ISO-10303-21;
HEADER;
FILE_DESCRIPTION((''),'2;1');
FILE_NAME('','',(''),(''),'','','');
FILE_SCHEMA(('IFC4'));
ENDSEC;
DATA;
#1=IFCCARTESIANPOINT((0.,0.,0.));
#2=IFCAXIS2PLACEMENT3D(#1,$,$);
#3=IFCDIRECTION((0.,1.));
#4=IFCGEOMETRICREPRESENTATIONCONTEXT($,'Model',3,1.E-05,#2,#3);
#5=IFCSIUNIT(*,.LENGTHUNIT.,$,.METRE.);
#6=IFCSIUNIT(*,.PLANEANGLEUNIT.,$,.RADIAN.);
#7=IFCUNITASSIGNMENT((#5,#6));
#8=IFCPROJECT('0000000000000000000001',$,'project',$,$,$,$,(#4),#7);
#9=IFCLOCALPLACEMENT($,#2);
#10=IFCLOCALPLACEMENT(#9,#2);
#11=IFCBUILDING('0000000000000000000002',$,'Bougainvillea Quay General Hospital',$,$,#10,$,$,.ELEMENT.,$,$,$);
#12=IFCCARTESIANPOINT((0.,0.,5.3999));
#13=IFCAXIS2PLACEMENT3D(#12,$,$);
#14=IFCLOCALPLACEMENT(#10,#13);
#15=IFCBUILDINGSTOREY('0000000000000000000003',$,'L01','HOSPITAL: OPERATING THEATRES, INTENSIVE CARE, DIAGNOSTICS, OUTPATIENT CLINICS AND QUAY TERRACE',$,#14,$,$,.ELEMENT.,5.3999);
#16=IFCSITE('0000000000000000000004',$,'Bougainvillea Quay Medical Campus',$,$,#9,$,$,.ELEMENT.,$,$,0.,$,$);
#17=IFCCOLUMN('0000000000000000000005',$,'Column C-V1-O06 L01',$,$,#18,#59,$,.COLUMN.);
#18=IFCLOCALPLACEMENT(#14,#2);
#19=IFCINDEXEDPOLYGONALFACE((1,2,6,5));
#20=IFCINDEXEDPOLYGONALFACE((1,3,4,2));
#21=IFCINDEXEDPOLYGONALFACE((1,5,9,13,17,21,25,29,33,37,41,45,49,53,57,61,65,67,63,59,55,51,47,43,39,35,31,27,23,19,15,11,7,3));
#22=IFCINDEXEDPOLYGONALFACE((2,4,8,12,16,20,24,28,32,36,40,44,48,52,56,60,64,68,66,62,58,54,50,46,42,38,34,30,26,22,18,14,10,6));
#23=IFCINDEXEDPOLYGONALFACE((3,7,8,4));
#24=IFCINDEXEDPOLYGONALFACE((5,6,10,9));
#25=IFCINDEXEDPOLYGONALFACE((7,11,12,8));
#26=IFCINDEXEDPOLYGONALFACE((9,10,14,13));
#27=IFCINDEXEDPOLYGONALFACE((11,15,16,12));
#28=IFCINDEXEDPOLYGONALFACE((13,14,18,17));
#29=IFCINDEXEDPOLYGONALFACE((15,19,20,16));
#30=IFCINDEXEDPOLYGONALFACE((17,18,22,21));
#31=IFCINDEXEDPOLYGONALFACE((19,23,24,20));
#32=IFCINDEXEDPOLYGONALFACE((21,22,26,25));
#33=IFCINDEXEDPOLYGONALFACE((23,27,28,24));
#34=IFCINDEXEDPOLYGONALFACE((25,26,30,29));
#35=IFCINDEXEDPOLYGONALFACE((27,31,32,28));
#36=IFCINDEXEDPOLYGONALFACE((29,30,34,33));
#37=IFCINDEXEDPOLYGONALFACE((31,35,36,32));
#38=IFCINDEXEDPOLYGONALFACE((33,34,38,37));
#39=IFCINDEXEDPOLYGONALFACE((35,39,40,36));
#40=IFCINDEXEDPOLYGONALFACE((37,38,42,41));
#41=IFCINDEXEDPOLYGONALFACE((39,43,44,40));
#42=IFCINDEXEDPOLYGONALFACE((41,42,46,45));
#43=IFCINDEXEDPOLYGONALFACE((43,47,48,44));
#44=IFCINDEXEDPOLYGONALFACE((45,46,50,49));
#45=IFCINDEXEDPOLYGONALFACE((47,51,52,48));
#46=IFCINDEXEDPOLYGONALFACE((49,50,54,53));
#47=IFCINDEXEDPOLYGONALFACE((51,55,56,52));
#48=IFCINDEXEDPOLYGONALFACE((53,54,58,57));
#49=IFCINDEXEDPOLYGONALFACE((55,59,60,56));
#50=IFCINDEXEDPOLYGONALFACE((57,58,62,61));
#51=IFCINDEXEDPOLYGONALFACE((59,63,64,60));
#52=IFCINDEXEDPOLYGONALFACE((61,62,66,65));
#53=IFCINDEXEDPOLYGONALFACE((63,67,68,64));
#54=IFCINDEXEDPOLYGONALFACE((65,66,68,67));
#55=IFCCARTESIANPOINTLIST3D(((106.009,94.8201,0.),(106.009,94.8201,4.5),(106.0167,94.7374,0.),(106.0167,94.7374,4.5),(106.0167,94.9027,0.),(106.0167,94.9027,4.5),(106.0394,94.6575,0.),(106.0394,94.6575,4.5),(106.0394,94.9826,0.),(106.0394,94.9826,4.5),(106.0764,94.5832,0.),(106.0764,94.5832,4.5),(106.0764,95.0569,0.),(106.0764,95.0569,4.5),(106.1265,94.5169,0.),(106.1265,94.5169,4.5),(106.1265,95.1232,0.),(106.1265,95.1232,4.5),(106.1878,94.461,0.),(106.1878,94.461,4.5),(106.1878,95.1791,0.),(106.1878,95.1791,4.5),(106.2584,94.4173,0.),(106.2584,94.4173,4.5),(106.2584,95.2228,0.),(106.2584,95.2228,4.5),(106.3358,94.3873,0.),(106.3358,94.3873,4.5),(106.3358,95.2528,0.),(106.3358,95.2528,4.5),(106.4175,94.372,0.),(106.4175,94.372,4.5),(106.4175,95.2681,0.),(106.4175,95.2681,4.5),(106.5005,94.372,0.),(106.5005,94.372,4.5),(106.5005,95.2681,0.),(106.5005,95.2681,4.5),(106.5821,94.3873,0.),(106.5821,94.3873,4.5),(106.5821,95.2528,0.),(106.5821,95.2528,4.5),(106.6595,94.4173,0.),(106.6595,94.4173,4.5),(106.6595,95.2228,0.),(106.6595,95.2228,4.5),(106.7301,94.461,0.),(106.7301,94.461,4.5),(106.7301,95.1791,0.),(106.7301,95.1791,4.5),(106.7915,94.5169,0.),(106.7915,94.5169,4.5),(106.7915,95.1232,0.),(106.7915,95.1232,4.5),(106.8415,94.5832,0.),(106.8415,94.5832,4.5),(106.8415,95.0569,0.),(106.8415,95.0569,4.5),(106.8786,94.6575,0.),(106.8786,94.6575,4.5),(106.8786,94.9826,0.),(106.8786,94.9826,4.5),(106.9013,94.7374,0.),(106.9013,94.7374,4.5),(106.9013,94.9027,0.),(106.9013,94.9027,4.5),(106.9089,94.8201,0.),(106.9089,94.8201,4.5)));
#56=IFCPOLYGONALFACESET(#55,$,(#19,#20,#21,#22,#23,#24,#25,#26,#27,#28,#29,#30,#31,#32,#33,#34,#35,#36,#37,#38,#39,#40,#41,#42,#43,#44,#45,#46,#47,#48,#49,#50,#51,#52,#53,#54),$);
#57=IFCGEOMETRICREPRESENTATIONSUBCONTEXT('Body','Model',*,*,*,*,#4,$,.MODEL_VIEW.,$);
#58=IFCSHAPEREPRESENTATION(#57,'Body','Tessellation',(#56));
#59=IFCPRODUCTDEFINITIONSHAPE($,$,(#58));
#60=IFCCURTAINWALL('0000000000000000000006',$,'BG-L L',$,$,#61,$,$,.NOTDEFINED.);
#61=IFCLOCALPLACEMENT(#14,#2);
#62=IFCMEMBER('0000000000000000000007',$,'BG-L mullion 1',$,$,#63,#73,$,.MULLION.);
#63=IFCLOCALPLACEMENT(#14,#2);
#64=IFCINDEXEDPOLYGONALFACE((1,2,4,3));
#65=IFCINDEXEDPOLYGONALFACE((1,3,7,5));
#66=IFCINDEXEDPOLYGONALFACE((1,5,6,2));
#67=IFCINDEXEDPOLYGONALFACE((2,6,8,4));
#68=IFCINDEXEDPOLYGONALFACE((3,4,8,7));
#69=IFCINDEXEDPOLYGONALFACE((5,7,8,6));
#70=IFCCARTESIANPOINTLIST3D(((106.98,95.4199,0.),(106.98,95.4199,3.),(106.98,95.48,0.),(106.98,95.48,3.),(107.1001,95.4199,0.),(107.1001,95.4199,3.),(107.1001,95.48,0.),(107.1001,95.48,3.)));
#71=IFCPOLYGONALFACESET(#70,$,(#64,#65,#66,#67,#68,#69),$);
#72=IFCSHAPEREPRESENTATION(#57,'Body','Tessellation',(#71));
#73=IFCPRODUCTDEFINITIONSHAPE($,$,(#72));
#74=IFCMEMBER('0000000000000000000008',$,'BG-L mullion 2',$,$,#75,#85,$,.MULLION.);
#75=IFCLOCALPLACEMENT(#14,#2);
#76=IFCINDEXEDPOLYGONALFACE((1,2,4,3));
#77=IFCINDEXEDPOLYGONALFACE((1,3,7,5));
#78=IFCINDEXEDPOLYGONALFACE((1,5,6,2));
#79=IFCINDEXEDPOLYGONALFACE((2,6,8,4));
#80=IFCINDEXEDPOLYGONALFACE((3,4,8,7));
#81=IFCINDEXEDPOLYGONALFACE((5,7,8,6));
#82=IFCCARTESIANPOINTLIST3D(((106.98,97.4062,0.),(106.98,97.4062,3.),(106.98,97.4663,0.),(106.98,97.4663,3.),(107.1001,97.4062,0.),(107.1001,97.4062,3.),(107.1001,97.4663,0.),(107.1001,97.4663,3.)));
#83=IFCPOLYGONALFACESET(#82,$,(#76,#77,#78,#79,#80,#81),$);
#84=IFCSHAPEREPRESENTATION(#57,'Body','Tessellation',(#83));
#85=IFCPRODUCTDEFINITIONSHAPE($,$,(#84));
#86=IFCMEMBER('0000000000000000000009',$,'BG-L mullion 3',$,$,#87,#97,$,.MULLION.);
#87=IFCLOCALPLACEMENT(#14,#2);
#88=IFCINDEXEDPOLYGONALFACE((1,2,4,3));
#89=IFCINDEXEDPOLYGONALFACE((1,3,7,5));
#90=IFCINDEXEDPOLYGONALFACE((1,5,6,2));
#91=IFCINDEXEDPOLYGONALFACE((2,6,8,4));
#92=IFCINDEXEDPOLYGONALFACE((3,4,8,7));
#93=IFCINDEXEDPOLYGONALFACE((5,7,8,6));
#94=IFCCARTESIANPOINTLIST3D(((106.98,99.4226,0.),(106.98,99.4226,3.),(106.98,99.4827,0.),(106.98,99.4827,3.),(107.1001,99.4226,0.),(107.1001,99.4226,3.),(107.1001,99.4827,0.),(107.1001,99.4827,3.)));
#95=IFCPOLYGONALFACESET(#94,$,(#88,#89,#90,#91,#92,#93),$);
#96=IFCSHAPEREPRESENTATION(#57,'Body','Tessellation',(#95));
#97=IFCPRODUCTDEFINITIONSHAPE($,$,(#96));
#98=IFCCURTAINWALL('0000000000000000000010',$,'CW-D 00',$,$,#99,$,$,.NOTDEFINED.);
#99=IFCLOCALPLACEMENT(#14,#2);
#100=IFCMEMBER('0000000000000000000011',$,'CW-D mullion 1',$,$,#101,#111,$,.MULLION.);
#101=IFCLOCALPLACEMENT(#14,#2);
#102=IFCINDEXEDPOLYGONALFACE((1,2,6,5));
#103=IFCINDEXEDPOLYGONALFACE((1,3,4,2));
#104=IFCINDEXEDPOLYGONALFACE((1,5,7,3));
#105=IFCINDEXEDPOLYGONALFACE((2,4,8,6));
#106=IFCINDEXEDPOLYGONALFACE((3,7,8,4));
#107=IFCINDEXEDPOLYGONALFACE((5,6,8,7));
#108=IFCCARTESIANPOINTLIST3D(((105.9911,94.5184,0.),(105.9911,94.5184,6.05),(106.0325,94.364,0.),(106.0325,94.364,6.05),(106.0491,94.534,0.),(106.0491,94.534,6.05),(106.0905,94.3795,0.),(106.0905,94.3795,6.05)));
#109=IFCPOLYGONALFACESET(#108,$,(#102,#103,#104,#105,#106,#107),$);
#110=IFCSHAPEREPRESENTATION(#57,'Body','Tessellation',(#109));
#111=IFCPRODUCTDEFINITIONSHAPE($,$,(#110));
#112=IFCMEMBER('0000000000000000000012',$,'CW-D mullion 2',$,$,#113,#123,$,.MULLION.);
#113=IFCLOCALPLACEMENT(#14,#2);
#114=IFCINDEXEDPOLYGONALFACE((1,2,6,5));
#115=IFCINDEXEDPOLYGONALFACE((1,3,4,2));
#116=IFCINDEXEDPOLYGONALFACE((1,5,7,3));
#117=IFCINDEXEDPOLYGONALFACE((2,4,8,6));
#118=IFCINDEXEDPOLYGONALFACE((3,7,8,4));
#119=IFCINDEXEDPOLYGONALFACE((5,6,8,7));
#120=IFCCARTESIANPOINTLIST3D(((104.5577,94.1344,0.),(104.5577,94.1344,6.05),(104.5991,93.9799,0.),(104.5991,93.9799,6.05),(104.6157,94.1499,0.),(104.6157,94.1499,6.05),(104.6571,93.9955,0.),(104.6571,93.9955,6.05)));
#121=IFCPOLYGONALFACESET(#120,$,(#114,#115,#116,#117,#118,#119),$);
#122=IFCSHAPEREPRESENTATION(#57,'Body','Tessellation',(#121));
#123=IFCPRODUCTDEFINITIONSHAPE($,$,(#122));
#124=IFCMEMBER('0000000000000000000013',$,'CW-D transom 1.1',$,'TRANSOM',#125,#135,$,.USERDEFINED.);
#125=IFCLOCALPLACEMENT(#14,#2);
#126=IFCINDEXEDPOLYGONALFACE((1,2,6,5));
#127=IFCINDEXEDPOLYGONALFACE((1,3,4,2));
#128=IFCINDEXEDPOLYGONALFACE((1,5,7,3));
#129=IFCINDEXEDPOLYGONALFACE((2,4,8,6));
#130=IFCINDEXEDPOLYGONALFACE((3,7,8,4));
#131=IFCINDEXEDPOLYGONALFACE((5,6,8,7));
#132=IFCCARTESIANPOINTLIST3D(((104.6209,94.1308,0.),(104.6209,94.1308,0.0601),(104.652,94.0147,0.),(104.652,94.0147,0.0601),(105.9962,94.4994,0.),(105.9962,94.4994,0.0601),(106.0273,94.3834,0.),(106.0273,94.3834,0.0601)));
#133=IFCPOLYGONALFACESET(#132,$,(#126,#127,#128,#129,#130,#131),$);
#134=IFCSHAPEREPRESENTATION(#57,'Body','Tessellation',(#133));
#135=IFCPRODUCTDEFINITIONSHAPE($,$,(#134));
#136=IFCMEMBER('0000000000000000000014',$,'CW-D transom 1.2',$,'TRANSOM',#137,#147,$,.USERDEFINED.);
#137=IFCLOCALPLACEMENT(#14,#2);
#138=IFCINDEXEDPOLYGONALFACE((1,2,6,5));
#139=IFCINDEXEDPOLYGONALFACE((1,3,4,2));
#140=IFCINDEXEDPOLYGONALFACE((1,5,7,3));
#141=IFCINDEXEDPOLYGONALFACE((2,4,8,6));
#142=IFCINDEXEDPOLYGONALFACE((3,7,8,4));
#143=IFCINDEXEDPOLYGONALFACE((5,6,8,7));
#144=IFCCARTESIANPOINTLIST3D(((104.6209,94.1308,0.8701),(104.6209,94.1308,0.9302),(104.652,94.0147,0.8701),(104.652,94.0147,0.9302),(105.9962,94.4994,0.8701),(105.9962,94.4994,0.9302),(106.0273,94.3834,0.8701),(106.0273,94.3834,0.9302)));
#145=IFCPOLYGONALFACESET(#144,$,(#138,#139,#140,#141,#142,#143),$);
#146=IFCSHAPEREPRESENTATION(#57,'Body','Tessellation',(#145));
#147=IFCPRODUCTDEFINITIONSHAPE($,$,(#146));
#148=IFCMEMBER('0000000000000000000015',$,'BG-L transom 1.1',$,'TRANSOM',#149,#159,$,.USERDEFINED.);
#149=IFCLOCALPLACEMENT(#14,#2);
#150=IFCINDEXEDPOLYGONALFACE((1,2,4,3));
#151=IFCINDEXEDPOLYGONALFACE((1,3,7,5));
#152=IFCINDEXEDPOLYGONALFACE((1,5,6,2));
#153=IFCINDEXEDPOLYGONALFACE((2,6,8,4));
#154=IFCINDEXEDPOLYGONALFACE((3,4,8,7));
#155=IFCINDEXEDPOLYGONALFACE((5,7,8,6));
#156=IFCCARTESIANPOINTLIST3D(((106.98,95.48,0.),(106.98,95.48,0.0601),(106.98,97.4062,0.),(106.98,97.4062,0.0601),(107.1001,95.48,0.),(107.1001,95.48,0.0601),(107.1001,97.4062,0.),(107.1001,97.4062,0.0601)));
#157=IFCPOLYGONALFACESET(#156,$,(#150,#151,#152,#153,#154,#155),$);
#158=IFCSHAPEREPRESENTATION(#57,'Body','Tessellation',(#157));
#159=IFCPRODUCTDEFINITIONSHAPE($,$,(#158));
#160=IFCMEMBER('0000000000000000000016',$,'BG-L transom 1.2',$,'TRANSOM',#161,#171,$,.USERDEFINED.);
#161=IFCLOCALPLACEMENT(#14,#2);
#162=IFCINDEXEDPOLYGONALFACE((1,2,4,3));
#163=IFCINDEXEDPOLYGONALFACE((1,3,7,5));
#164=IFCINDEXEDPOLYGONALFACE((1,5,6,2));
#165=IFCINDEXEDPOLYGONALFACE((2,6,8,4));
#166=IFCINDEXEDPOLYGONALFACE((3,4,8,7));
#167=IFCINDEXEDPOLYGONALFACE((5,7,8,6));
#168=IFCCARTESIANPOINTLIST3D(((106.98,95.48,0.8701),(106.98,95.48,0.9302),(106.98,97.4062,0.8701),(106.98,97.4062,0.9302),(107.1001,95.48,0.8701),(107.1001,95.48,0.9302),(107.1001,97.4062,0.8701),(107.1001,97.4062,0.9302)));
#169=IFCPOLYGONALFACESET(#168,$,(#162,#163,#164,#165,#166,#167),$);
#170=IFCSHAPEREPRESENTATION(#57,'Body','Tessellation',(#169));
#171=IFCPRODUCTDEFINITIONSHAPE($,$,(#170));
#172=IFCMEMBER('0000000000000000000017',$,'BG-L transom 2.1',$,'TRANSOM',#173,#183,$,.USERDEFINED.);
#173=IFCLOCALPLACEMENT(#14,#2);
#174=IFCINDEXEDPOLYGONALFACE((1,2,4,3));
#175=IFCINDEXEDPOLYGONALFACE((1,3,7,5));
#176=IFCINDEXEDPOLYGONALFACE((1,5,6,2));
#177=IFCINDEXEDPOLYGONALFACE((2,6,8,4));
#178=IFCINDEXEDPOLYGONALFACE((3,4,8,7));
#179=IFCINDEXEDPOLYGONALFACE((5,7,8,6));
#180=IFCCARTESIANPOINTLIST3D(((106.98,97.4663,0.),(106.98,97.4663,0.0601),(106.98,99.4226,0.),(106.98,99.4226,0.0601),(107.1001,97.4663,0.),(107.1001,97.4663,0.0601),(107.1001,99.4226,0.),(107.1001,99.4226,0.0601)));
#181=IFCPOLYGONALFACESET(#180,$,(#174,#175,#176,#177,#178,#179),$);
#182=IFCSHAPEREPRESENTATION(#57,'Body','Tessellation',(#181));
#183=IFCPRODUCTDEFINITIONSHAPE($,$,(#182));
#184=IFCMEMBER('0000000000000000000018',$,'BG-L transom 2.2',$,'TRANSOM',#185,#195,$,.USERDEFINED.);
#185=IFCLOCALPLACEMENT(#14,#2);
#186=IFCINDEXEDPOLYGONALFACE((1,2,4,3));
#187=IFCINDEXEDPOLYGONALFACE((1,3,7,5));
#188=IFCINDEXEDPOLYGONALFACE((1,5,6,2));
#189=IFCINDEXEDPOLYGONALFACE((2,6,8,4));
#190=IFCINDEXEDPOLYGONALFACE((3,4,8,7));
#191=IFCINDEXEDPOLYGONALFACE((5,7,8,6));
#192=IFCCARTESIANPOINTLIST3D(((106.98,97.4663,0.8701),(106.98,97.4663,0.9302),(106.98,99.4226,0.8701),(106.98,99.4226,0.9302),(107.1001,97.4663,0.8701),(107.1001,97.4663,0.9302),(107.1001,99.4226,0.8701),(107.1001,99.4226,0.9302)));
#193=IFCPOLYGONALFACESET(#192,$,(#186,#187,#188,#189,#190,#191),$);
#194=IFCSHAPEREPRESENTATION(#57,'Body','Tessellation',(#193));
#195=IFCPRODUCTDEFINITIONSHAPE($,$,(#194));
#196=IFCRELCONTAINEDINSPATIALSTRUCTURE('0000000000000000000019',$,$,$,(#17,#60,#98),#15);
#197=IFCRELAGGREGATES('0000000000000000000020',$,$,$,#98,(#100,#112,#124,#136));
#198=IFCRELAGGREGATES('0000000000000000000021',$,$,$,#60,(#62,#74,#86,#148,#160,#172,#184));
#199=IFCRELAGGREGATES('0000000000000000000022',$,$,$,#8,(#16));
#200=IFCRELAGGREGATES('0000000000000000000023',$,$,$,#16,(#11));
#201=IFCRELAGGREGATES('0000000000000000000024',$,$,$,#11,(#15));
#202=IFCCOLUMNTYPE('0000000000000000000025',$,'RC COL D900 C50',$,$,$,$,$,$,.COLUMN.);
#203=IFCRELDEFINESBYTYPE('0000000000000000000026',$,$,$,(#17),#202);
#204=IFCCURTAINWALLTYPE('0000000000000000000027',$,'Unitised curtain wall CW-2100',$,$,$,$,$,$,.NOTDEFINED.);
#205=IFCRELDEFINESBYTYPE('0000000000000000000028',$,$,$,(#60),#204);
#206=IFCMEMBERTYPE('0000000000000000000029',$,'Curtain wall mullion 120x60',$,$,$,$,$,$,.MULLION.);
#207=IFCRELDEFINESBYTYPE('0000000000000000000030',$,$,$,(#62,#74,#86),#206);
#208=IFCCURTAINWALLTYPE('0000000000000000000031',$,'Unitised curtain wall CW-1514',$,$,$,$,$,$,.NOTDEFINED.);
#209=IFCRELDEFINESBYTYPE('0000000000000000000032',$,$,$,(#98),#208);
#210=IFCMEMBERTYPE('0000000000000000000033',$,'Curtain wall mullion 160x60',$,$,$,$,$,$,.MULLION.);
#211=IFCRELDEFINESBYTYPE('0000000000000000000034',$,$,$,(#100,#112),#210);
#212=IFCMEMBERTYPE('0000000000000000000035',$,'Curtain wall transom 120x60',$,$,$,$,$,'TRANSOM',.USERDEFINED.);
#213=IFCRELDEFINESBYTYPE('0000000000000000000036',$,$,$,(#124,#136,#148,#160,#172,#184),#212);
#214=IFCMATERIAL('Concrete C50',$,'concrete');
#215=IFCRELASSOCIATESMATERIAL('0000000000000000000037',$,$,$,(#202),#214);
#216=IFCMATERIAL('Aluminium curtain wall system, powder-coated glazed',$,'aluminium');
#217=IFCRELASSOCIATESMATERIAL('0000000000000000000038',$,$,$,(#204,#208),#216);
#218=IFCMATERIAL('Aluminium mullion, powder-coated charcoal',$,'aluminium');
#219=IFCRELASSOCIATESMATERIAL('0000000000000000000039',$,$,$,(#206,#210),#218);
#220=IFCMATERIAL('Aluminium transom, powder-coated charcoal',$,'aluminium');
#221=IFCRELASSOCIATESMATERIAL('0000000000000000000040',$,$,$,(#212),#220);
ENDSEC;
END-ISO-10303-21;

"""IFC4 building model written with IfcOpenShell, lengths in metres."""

from ifc_helpers import new_model, si_unit, direction, frame, origin, origin_2d, place, context, subcontext, project, spatial, rectangle, circle, extrude, material, material_profile, profile_set, type_object, element, aggregate, save


model = new_model("IFC4")

# Units and contexts
model_context = context("Model", 3, precision=1e-05, world=origin(), true_north=direction((0.0, 1.0)))
body_context = subcontext(model_context, "Body", "Model", "MODEL_VIEW")
ifc_project = project(units=[si_unit("LENGTHUNIT", "METRE"), si_unit("PLANEANGLEUNIT", "RADIAN")], contexts=[model_context])

# Site, building, storey
site_placement = place(None, origin())
site = spatial("IfcSite", under=ifc_project, at=site_placement, Name="Bougainvillea Quay Medical Campus", CompositionType="ELEMENT", RefElevation=0.0)
building_placement = place(site_placement, origin())
building = spatial("IfcBuilding", under=site, at=building_placement, Name="Bougainvillea Quay General Hospital", CompositionType="ELEMENT")
storey_placement = place(building_placement, frame((0.0, 0.0, 5.3999)))
storey = spatial("IfcBuildingStorey", under=building, at=storey_placement, Name="L01", Description="HOSPITAL: OPERATING THEATRES, INTENSIVE CARE, DIAGNOSTICS, OUTPATIENT CLINICS AND QUAY TERRACE", CompositionType="ELEMENT", Elevation=5.3999)

# Column
ifc_material_1 = material(Name="Concrete C50", Category="concrete")
ifc_material_profile_1 = material_profile(ifc_material_1, circle(Radius=0.45, at=origin_2d()))
ifc_profile_set_1 = profile_set([ifc_material_profile_1], Name="Concrete C50")
column_type = type_object("IfcColumnType", Name="RC COL D900 C50", PredefinedType="COLUMN", material=ifc_profile_set_1)
column_placement = place(storey_placement, frame((106.459, 94.8201, 0.0), z_axis=(0.0, 0.0, 1.0), x_axis=(1.0, 0.0, 0.0)))
element("IfcColumn", 1, at=column_placement, inside=storey, type_object=column_type, Name="Column C-V1-O06 L01", PredefinedType="COLUMN", context=body_context, shape_type="SweptSolid", body=[
    extrude(circle(Radius=0.45, at=origin_2d()), origin(), (0.0, 0.0, 1.0), 4.5),
])

# Curtain walls, members
ifc_material_2 = material(Name="Aluminium curtain wall system, powder-coated glazed", Category="aluminium")
curtain_wall_type_1 = type_object("IfcCurtainWallType", Name="Unitised curtain wall CW-2100", PredefinedType="NOTDEFINED", material=ifc_material_2)
curtain_wall_1_placement = place(storey_placement, origin())
curtain_wall_1 = element("IfcCurtainWall", 2, at=curtain_wall_1_placement, inside=storey, type_object=curtain_wall_type_1, Name="BG-L L", PredefinedType="NOTDEFINED")
ifc_material_3 = material(Name="Aluminium mullion, powder-coated charcoal", Category="aluminium")
ifc_material_profile_2 = material_profile(ifc_material_3, rectangle(XDim=0.1201, YDim=0.0601, at=origin_2d()))
ifc_profile_set_2 = profile_set([ifc_material_profile_2], Name="Aluminium mullion, powder-coated charcoal")
member_type_1 = type_object("IfcMemberType", Name="Curtain wall mullion 120x60", PredefinedType="MULLION", material=ifc_profile_set_2)
member_1_placement = place(storey_placement, frame((107.04, 95.45, 0.0), z_axis=(0.0, 0.0, 1.0), x_axis=(-1.0, 0.0, 0.0)))
member_1 = element("IfcMember", 3, at=member_1_placement, type_object=member_type_1, Name="BG-L mullion 1", PredefinedType="MULLION", context=body_context, shape_type="SweptSolid", body=[
    extrude(rectangle(XDim=0.1201, YDim=0.0601, at=origin_2d()), origin(), (0.0, 0.0, 1.0), 3.0),
])
member_2_placement = place(storey_placement, frame((107.04, 97.4363, 0.0), z_axis=(0.0, 0.0, 1.0), x_axis=(-1.0, 0.0, 0.0)))
member_2 = element("IfcMember", 4, at=member_2_placement, type_object=member_type_1, Name="BG-L mullion 2", PredefinedType="MULLION", context=body_context, shape_type="SweptSolid", body=[
    extrude(rectangle(XDim=0.1201, YDim=0.0601, at=origin_2d()), origin(), (0.0, 0.0, 1.0), 3.0),
])
member_3_placement = place(storey_placement, frame((107.04, 99.4526, 0.0), z_axis=(0.0, 0.0, 1.0), x_axis=(-1.0, 0.0, 0.0)))
member_3 = element("IfcMember", 5, at=member_3_placement, type_object=member_type_1, Name="BG-L mullion 3", PredefinedType="MULLION", context=body_context, shape_type="SweptSolid", body=[
    extrude(rectangle(XDim=0.1201, YDim=0.0601, at=origin_2d()), origin(), (0.0, 0.0, 1.0), 3.0),
])
curtain_wall_type_2 = type_object("IfcCurtainWallType", Name="Unitised curtain wall CW-1514", PredefinedType="NOTDEFINED", material=ifc_material_2)
curtain_wall_2_placement = place(storey_placement, origin())
curtain_wall_2 = element("IfcCurtainWall", 6, at=curtain_wall_2_placement, inside=storey, type_object=curtain_wall_type_2, Name="CW-D 00", PredefinedType="NOTDEFINED")
ifc_material_profile_3 = material_profile(ifc_material_3, rectangle(XDim=0.1599, YDim=0.0601, at=origin_2d()))
ifc_profile_set_3 = profile_set([ifc_material_profile_3], Name="Aluminium mullion, powder-coated charcoal")
member_type_2 = type_object("IfcMemberType", Name="Curtain wall mullion 160x60", PredefinedType="MULLION", material=ifc_profile_set_3)
member_4_placement = place(storey_placement, frame((106.0408, 94.449, 0.0), z_axis=(0.0, 0.0, 1.0), x_axis=(0.258855, -0.965916, 0.0)))
member_4 = element("IfcMember", 7, at=member_4_placement, type_object=member_type_2, Name="CW-D mullion 1", PredefinedType="MULLION", context=body_context, shape_type="SweptSolid", body=[
    extrude(rectangle(XDim=0.1599, YDim=0.0601, at=origin_2d()), origin(), (0.0, 0.0, 1.0), 6.05),
])
member_5_placement = place(storey_placement, frame((104.6074, 94.0649, 0.0), z_axis=(0.0, 0.0, 1.0), x_axis=(0.258855, -0.965916, 0.0)))
member_5 = element("IfcMember", 8, at=member_5_placement, type_object=member_type_2, Name="CW-D mullion 2", PredefinedType="MULLION", context=body_context, shape_type="SweptSolid", body=[
    extrude(rectangle(XDim=0.1599, YDim=0.0601, at=origin_2d()), origin(), (0.0, 0.0, 1.0), 6.05),
])
ifc_material_4 = material(Name="Aluminium transom, powder-coated charcoal", Category="aluminium")
ifc_material_profile_4 = material_profile(ifc_material_4, rectangle(XDim=0.1201, YDim=0.0601, at=origin_2d()))
ifc_profile_set_4 = profile_set([ifc_material_profile_4], Name="Aluminium transom, powder-coated charcoal")
member_type_3 = type_object("IfcMemberType", Name="Curtain wall transom 120x60", ElementType="TRANSOM", PredefinedType="USERDEFINED", material=ifc_profile_set_4)
member_6_placement = place(storey_placement, frame((106.0117, 94.4414, 0.03), z_axis=(-0.965898, -0.258922, 0.0), x_axis=(0.258922, -0.965898, 0.0)))
member_6 = element("IfcMember", 9, at=member_6_placement, type_object=member_type_3, Name="CW-D transom 1.1", ObjectType="TRANSOM", PredefinedType="USERDEFINED", context=body_context, shape_type="SweptSolid", body=[
    extrude(rectangle(XDim=0.1201, YDim=0.0601, at=origin_2d()), origin(), (0.0, 0.0, 1.0), 1.4238),
])
member_7_placement = place(storey_placement, frame((106.0117, 94.4414, 0.9001), z_axis=(-0.965898, -0.258922, 0.0), x_axis=(0.258922, -0.965898, 0.0)))
member_7 = element("IfcMember", 10, at=member_7_placement, type_object=member_type_3, Name="CW-D transom 1.2", ObjectType="TRANSOM", PredefinedType="USERDEFINED", context=body_context, shape_type="SweptSolid", body=[
    extrude(rectangle(XDim=0.1201, YDim=0.0601, at=origin_2d()), origin(), (0.0, 0.0, 1.0), 1.4238),
])

# Members
member_8_placement = place(storey_placement, frame((107.04, 95.48, 0.03), z_axis=(0.0, 1.0, 0.0), x_axis=(-1.0, 0.0, 0.0)))
member_8 = element("IfcMember", 11, at=member_8_placement, type_object=member_type_3, Name="BG-L transom 1.1", ObjectType="TRANSOM", PredefinedType="USERDEFINED", context=body_context, shape_type="SweptSolid", body=[
    extrude(rectangle(XDim=0.1201, YDim=0.0601, at=origin_2d()), origin(), (0.0, 0.0, 1.0), 1.9263),
])
member_9_placement = place(storey_placement, frame((107.04, 95.48, 0.9001), z_axis=(0.0, 1.0, 0.0), x_axis=(-1.0, 0.0, 0.0)))
member_9 = element("IfcMember", 12, at=member_9_placement, type_object=member_type_3, Name="BG-L transom 1.2", ObjectType="TRANSOM", PredefinedType="USERDEFINED", context=body_context, shape_type="SweptSolid", body=[
    extrude(rectangle(XDim=0.1201, YDim=0.0601, at=origin_2d()), origin(), (0.0, 0.0, 1.0), 1.9263),
])
member_10_placement = place(storey_placement, frame((107.04, 97.4663, 0.03), z_axis=(0.0, 1.0, 0.0), x_axis=(-1.0, 0.0, 0.0)))
member_10 = element("IfcMember", 13, at=member_10_placement, type_object=member_type_3, Name="BG-L transom 2.1", ObjectType="TRANSOM", PredefinedType="USERDEFINED", context=body_context, shape_type="SweptSolid", body=[
    extrude(rectangle(XDim=0.1201, YDim=0.0601, at=origin_2d()), origin(), (0.0, 0.0, 1.0), 1.9563),
])
member_11_placement = place(storey_placement, frame((107.04, 97.4663, 0.9001), z_axis=(0.0, 1.0, 0.0), x_axis=(-1.0, 0.0, 0.0)))
member_11 = element("IfcMember", 14, at=member_11_placement, type_object=member_type_3, Name="BG-L transom 2.2", ObjectType="TRANSOM", PredefinedType="USERDEFINED", context=body_context, shape_type="SweptSolid", body=[
    extrude(rectangle(XDim=0.1201, YDim=0.0601, at=origin_2d()), origin(), (0.0, 0.0, 1.0), 1.9563),
])

aggregate(curtain_wall_2, [member_4, member_5, member_6, member_7])
aggregate(curtain_wall_1, [member_1, member_2, member_3, member_8, member_9, member_10, member_11])

save(model, "model.ifc")
